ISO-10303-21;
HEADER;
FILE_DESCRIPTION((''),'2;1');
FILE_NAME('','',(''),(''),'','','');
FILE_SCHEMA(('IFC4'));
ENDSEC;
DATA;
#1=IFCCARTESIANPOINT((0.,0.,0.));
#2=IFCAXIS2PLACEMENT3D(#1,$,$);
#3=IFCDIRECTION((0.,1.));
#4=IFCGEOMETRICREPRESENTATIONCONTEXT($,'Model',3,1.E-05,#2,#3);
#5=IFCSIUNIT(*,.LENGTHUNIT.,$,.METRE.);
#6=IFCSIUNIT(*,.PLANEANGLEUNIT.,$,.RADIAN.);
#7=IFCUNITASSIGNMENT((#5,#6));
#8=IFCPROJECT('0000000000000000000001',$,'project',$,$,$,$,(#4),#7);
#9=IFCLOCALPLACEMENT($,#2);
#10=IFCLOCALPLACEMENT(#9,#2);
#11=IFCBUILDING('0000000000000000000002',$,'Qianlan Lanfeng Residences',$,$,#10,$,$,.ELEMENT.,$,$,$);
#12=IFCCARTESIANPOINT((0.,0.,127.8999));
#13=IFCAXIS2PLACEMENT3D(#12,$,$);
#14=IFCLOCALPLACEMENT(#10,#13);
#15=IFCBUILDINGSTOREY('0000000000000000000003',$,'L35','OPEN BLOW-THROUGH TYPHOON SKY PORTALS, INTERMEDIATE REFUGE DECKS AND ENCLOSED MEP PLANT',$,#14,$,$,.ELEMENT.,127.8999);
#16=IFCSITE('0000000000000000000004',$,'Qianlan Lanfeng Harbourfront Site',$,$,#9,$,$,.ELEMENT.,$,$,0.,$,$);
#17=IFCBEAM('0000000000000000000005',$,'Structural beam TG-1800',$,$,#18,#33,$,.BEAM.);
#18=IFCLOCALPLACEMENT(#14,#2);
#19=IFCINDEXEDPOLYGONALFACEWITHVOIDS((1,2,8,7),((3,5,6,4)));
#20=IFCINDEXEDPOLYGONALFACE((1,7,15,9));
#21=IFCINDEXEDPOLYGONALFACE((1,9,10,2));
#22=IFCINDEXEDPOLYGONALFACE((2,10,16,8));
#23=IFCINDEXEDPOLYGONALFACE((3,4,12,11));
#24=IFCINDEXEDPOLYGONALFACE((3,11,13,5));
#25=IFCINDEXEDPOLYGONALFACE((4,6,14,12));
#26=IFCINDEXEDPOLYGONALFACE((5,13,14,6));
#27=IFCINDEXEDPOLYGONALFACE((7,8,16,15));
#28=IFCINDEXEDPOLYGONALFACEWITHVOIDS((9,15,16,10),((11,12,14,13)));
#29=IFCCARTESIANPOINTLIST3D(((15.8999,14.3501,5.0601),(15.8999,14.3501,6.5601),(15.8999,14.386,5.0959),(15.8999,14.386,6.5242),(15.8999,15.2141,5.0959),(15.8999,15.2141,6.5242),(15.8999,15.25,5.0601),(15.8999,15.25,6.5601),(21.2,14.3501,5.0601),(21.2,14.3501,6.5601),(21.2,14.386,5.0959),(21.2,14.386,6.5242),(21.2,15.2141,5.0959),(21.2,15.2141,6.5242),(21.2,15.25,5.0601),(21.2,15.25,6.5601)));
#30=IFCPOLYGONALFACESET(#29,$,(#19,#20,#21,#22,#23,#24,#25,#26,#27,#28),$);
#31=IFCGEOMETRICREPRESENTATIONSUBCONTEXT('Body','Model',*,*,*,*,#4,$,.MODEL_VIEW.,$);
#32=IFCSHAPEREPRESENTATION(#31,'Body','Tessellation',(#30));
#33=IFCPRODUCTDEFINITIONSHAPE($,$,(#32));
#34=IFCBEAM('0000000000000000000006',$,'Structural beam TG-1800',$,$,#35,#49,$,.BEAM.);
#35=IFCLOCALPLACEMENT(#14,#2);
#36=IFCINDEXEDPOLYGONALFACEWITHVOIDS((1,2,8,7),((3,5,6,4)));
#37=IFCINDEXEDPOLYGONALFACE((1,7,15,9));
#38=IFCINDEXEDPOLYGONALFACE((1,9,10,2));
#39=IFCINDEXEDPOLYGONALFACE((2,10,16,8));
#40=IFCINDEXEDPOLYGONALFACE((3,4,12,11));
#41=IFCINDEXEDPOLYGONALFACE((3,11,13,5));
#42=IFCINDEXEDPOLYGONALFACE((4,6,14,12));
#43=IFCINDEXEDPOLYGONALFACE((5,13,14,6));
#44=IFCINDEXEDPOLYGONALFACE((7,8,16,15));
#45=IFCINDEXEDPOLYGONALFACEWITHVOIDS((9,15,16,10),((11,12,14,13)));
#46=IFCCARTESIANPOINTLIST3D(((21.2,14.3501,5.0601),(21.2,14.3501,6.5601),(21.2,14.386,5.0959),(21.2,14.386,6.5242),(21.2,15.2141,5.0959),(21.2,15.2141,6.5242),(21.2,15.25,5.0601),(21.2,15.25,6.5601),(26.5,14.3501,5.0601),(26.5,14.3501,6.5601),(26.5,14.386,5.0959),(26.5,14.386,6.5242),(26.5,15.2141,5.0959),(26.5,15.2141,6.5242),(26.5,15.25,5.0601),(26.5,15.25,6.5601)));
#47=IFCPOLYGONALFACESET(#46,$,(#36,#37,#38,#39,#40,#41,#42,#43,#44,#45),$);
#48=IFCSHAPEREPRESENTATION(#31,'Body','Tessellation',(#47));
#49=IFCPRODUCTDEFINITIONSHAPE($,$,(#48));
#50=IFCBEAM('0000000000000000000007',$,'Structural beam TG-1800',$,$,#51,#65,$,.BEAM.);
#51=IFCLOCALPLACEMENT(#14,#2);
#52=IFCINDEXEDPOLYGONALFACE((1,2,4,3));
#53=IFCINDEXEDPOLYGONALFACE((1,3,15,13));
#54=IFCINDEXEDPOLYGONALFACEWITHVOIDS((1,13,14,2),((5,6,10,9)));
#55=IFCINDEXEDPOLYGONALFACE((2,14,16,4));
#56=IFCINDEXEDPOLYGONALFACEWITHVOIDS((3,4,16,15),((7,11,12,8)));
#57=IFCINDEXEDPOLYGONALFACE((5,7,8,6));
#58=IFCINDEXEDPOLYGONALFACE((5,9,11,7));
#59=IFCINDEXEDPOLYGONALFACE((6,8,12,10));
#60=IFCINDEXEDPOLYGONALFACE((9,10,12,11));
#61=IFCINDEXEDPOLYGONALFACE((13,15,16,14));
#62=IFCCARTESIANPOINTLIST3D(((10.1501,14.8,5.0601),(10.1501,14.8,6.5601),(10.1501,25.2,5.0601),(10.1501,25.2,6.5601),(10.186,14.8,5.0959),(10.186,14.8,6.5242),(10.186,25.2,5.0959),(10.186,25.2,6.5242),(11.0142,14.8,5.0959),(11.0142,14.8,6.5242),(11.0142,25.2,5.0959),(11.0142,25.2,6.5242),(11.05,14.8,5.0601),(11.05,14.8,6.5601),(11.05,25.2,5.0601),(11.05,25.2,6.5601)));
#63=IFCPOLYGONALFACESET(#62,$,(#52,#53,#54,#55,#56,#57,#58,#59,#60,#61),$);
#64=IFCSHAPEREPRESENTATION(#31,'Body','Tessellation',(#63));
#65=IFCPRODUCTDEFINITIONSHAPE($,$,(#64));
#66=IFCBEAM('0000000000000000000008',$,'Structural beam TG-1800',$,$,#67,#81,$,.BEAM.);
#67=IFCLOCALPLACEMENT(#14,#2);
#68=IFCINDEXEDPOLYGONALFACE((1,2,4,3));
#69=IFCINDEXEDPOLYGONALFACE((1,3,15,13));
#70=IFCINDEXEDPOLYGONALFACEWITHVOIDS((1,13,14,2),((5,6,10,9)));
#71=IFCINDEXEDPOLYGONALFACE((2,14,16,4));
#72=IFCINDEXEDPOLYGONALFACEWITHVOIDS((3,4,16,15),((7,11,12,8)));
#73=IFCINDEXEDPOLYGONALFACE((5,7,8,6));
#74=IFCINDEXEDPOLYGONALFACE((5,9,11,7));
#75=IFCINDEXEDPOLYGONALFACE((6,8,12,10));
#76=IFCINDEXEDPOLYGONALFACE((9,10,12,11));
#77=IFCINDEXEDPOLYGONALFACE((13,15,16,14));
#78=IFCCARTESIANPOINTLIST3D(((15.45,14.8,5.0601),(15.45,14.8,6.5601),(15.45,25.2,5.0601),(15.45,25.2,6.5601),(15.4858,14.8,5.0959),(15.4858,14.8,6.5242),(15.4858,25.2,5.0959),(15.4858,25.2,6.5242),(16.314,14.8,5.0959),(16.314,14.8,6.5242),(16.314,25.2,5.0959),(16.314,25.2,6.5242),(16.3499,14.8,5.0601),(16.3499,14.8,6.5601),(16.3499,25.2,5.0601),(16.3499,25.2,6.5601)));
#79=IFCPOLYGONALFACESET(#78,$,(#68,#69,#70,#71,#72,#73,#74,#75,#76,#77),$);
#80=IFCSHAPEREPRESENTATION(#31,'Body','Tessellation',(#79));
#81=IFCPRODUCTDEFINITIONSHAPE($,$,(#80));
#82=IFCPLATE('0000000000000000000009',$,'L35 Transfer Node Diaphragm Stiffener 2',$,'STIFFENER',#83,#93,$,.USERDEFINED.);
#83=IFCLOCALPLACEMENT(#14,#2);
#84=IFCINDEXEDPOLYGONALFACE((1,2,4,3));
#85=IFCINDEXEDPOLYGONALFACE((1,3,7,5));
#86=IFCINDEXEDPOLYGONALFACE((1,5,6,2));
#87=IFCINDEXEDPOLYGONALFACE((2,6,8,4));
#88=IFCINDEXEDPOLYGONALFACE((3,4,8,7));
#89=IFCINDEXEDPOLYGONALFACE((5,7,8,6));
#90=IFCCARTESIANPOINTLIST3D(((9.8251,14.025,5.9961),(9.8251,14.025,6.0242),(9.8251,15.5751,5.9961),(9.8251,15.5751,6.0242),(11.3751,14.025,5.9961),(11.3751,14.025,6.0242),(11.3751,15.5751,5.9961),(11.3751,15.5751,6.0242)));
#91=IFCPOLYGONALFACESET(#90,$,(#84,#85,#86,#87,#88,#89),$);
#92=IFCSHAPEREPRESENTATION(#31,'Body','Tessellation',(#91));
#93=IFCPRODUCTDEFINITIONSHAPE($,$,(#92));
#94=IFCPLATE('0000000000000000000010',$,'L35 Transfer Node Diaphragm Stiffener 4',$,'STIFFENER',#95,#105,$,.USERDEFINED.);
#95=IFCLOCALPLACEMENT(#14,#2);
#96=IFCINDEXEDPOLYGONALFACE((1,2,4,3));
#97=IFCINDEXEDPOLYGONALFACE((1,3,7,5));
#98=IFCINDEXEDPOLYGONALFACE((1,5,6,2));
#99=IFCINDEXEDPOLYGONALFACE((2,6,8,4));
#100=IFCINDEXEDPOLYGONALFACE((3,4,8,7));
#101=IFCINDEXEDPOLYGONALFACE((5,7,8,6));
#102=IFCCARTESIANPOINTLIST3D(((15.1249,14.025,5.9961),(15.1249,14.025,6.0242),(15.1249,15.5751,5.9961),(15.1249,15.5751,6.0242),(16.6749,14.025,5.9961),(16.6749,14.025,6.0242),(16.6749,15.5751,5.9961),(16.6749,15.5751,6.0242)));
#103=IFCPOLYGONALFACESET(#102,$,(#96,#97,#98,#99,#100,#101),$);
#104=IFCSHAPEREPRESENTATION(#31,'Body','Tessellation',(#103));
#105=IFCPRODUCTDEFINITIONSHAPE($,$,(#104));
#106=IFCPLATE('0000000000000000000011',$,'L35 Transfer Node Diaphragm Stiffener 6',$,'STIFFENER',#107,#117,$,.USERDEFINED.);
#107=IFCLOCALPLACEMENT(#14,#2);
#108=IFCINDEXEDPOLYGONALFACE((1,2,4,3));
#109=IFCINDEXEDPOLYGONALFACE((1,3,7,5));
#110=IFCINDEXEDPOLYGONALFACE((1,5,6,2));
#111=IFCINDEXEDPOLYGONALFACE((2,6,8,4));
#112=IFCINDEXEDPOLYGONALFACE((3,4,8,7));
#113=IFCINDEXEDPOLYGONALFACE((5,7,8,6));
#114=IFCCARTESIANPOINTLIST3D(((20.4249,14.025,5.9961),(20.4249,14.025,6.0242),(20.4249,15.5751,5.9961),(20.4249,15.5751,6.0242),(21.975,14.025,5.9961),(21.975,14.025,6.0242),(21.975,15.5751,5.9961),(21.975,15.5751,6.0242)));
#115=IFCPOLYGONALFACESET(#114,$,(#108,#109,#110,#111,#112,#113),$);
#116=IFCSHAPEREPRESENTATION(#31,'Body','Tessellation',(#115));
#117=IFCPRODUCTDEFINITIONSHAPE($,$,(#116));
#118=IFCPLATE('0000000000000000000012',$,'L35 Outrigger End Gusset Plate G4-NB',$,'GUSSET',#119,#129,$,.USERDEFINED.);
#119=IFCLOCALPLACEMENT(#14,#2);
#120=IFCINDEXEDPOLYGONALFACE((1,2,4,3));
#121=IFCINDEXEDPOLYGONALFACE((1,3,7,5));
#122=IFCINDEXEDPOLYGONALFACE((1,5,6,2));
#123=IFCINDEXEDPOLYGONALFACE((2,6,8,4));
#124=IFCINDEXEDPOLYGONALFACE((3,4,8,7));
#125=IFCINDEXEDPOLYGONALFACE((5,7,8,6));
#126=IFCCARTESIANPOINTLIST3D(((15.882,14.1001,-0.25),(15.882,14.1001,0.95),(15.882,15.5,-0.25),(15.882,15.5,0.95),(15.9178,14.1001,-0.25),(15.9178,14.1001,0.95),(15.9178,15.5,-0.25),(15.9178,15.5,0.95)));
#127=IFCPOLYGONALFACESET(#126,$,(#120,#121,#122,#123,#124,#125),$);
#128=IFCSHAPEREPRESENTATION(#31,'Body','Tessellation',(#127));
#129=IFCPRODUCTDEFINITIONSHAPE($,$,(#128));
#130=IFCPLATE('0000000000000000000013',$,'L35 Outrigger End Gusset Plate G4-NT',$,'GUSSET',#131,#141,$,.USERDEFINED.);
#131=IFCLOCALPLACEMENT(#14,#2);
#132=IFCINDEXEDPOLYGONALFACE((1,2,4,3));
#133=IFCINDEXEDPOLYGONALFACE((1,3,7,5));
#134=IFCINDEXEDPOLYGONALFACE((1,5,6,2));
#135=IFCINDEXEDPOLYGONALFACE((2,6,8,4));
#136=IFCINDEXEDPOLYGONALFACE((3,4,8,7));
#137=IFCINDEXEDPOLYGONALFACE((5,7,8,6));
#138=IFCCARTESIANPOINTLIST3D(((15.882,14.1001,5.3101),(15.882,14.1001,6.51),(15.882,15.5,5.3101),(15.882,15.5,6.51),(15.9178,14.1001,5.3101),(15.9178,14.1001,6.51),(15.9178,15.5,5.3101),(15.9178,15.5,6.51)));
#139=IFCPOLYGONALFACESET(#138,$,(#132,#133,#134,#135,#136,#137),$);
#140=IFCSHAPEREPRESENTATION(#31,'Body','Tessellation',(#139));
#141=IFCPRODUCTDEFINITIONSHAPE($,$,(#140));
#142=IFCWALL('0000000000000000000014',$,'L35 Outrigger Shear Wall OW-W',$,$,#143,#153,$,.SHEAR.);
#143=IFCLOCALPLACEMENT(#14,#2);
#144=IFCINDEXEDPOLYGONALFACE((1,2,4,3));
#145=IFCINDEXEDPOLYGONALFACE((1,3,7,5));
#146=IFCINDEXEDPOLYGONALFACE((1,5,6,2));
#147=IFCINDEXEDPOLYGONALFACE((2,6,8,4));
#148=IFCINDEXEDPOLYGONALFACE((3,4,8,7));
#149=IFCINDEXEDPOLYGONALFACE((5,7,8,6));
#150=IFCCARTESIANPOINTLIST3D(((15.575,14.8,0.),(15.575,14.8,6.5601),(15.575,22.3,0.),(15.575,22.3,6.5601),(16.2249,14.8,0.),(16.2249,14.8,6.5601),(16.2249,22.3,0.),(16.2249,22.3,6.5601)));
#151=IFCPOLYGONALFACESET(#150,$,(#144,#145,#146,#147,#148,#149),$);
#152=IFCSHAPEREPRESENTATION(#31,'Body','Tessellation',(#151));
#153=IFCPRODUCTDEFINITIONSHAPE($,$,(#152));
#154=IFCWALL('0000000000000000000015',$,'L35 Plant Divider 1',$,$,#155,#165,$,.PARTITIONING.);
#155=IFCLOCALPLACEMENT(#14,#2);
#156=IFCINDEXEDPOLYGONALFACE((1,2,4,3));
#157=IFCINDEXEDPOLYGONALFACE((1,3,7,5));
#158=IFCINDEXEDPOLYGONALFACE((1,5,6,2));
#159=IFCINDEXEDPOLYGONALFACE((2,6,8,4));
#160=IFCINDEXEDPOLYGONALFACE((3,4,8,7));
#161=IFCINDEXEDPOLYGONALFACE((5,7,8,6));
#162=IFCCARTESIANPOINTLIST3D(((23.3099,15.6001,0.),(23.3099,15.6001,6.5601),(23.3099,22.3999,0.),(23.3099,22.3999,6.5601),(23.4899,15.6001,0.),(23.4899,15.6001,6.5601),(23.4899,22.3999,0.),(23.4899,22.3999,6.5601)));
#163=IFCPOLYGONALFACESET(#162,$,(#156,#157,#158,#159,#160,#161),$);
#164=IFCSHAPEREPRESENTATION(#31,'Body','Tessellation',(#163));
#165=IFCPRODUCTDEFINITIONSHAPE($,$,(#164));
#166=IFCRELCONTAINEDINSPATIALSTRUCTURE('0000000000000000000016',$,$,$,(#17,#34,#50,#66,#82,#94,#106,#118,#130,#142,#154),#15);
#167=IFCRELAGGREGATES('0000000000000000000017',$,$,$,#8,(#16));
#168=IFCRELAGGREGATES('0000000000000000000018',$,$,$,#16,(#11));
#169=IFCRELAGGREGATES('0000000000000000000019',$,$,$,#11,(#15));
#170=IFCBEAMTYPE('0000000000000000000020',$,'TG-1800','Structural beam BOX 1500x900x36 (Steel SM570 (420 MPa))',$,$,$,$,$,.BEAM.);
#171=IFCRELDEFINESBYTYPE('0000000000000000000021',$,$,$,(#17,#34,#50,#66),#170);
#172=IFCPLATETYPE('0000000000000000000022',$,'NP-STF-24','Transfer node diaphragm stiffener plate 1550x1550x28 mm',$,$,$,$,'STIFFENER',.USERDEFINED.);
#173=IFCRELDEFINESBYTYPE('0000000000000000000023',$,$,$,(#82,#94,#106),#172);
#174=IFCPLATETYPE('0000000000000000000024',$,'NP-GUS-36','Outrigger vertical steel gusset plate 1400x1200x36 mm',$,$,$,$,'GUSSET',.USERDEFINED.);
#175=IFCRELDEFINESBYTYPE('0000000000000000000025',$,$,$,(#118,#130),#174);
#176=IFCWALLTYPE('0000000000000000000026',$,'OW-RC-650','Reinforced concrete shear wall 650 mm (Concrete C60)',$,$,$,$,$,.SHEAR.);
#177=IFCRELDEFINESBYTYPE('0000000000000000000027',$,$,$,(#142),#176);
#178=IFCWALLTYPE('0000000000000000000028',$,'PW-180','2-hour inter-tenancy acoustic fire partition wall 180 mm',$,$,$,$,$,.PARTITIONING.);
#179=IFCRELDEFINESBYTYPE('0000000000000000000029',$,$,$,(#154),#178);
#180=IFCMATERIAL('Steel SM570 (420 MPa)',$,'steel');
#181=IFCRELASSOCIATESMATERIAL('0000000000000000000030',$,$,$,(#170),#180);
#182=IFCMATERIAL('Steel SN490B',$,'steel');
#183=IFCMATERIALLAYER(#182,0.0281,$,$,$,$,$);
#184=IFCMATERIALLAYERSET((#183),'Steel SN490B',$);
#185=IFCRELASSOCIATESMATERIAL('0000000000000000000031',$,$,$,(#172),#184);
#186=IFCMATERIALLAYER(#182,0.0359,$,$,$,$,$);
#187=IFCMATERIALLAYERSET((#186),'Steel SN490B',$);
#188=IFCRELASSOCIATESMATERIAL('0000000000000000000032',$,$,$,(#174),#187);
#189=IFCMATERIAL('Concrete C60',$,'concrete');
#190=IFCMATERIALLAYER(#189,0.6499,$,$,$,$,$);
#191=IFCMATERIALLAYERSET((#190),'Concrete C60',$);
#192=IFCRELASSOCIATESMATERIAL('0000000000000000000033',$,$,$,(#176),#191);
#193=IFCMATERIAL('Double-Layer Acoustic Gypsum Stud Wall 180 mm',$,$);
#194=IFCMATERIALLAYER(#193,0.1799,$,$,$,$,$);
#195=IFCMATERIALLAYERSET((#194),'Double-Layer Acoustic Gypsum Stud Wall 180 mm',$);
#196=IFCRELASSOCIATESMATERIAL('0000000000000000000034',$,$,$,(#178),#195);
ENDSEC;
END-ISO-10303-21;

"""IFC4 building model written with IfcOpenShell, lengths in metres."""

from ifc_helpers import new_model, si_unit, direction, frame, frame_2d, origin, origin_2d, place, context, subcontext, project, spatial, rectangle, hollow_rectangle, extrude, source, transform, mapped, material, layer, layer_set, material_profile, profile_set, type_object, element, save


model = new_model("IFC4")

# Units and contexts
model_context = context("Model", 3, precision=1e-05, world=origin(), true_north=direction((0.0, 1.0)))
body_context = subcontext(model_context, "Body", "Model", "MODEL_VIEW")
ifc_project = project(units=[si_unit("LENGTHUNIT", "METRE"), si_unit("PLANEANGLEUNIT", "RADIAN")], contexts=[model_context])

# Site, building, storey
site_placement = place(None, origin())
site = spatial("IfcSite", under=ifc_project, at=site_placement, Name="Qianlan Lanfeng Harbourfront Site", CompositionType="ELEMENT", RefElevation=0.0)
building_placement = place(site_placement, origin())
building = spatial("IfcBuilding", under=site, at=building_placement, Name="Qianlan Lanfeng Residences", CompositionType="ELEMENT")
storey_placement = place(building_placement, frame((0.0, 0.0, 127.8999)))
storey = spatial("IfcBuildingStorey", under=building, at=storey_placement, Name="L35", Description="OPEN BLOW-THROUGH TYPHOON SKY PORTALS, INTERMEDIATE REFUGE DECKS AND ENCLOSED MEP PLANT", CompositionType="ELEMENT", Elevation=127.8999)

# Shared definitions
ifc_material_1 = material(Name="Steel SN490B", Category="steel")

# Beams
ifc_material_2 = material(Name="Steel SM570 (420 MPa)", Category="steel")
ifc_material_profile_1 = material_profile(ifc_material_2, hollow_rectangle(XDim=0.8999, YDim=1.5, WallThickness=0.0359, at=origin_2d()), Name="BOX 1500x900x36")
ifc_profile_set_1 = profile_set([ifc_material_profile_1], Name="Steel SM570 (420 MPa)")
beam_type_1 = type_object("IfcBeamType", Name="TG-1800", Description="Structural beam BOX 1500x900x36 (Steel SM570 (420 MPa))", PredefinedType="BEAM", material=ifc_profile_set_1)
for number, where, z_axis, x_axis, name in (
    (1, (15.8999, 14.8, 5.8101), (1.0, 0.0, 0.0), (0.0, 1.0, 0.0), "Structural beam TG-1800"),
    (2, (21.2, 14.8, 5.8101), (1.0, 0.0, 0.0), (0.0, 1.0, 0.0), "Structural beam TG-1800"),
):
    element("IfcBeam", number, at=place(storey_placement, frame(where, z_axis=z_axis, x_axis=x_axis)), inside=storey, type_object=beam_type_1, Name=name, PredefinedType="BEAM", context=body_context, shape_type="SweptSolid", body=[
        extrude(hollow_rectangle(XDim=0.8999, YDim=1.5, WallThickness=0.0359, at=origin_2d()), origin(), (0.0, 0.0, 1.0), 5.3),
    ])
for number, where, z_axis, x_axis, name in (
    (3, (10.6001, 14.8, 5.8101), (0.0, 1.0, 0.0), (-1.0, 0.0, 0.0), "Structural beam TG-1800"),
    (4, (15.8999, 14.8, 5.8101), (0.0, 1.0, 0.0), (-1.0, 0.0, 0.0), "Structural beam TG-1800"),
):
    element("IfcBeam", number, at=place(storey_placement, frame(where, z_axis=z_axis, x_axis=x_axis)), inside=storey, type_object=beam_type_1, Name=name, PredefinedType="BEAM", context=body_context, shape_type="SweptSolid", body=[
        extrude(hollow_rectangle(XDim=0.8999, YDim=1.5, WallThickness=0.0359, at=origin_2d()), origin(), (0.0, 0.0, 1.0), 10.3999),
    ])

# Plates
ifc_layer_1 = layer(ifc_material_1, 0.0281)
ifc_layer_set_1 = layer_set([ifc_layer_1], Name="Steel SN490B")
plate_type_1 = type_object("IfcPlateType", Name="NP-STF-24", Description="Transfer node diaphragm stiffener plate 1550x1550x28 mm", ElementType="STIFFENER", PredefinedType="USERDEFINED", material=ifc_layer_set_1)
shared_shape_1 = source(origin(), body_context, "Body", "SweptSolid", [
    extrude(rectangle(XDim=1.55, YDim=1.55, at=origin_2d()), origin(), (0.0, 0.0, 1.0), 0.0281),
])
for number, where, z_axis, x_axis, name in (
    (5, (10.6001, 14.8, 5.9961), (0.0, 0.0, 1.0), (1.0, 0.0, 0.0), "L35 Transfer Node Diaphragm Stiffener 2"),
    (6, (15.8999, 14.8, 5.9961), (0.0, 0.0, 1.0), (1.0, 0.0, 0.0), "L35 Transfer Node Diaphragm Stiffener 4"),
    (7, (21.2, 14.8, 5.9961), (0.0, 0.0, 1.0), (1.0, 0.0, 0.0), "L35 Transfer Node Diaphragm Stiffener 6"),
):
    element("IfcPlate", number, at=place(storey_placement, frame(where, z_axis=z_axis, x_axis=x_axis)), inside=storey, type_object=plate_type_1, Name=name, ObjectType="STIFFENER", PredefinedType="USERDEFINED", context=body_context, shape_type="MappedRepresentation", body=[
        mapped(shared_shape_1, transform((0.0, 0.0, 0.0), scale=1.0)),
    ])
ifc_layer_2 = layer(ifc_material_1, 0.0359)
ifc_layer_set_2 = layer_set([ifc_layer_2], Name="Steel SN490B")
plate_type_2 = type_object("IfcPlateType", Name="NP-GUS-36", Description="Outrigger vertical steel gusset plate 1400x1200x36 mm", ElementType="GUSSET", PredefinedType="USERDEFINED", material=ifc_layer_set_2)
shared_shape_2 = source(origin(), body_context, "Body", "SweptSolid", [
    extrude(rectangle(XDim=0.0359, YDim=1.3999, at=origin_2d()), origin(), (0.0, 0.0, 1.0), 1.2),
])
for number, where, z_axis, x_axis, name in (
    (8, (15.8999, 14.8, -0.25), (0.0, 0.0, 1.0), (1.0, 0.0, 0.0), "L35 Outrigger End Gusset Plate G4-NB"),
    (9, (15.8999, 14.8, 5.3101), (0.0, 0.0, 1.0), (1.0, 0.0, 0.0), "L35 Outrigger End Gusset Plate G4-NT"),
):
    element("IfcPlate", number, at=place(storey_placement, frame(where, z_axis=z_axis, x_axis=x_axis)), inside=storey, type_object=plate_type_2, Name=name, ObjectType="GUSSET", PredefinedType="USERDEFINED", context=body_context, shape_type="MappedRepresentation", body=[
        mapped(shared_shape_2, transform((0.0, 0.0, 0.0), scale=1.0)),
    ])

# Walls
ifc_material_3 = material(Name="Concrete C60", Category="concrete")
ifc_layer_3 = layer(ifc_material_3, 0.6499)
ifc_layer_set_3 = layer_set([ifc_layer_3], Name="Concrete C60")
wall_type_1 = type_object("IfcWallType", Name="OW-RC-650", Description="Reinforced concrete shear wall 650 mm (Concrete C60)", PredefinedType="SHEAR", material=ifc_layer_set_3)
wall_1_placement = place(storey_placement, frame((15.8999, 14.8, 0.0), z_axis=(0.0, 0.0, 1.0), x_axis=(0.0, 1.0, 0.0)))
element("IfcWall", 10, at=wall_1_placement, inside=storey, type_object=wall_type_1, Name="L35 Outrigger Shear Wall OW-W", PredefinedType="SHEAR", context=body_context, shape_type="SweptSolid", body=[
    extrude(rectangle(XDim=7.5, YDim=0.6499, at=frame_2d((3.75, 0.0))), origin(), (0.0, 0.0, 1.0), 6.5601),
])
ifc_material_4 = material(Name="Double-Layer Acoustic Gypsum Stud Wall 180 mm")
ifc_layer_4 = layer(ifc_material_4, 0.1799)
ifc_layer_set_4 = layer_set([ifc_layer_4], Name="Double-Layer Acoustic Gypsum Stud Wall 180 mm")
wall_type_2 = type_object("IfcWallType", Name="PW-180", Description="2-hour inter-tenancy acoustic fire partition wall 180 mm", PredefinedType="PARTITIONING", material=ifc_layer_set_4)
wall_2_placement = place(storey_placement, frame((23.3999, 15.6001, 0.0), z_axis=(0.0, 0.0, 1.0), x_axis=(0.0, 1.0, 0.0)))
element("IfcWall", 11, at=wall_2_placement, inside=storey, type_object=wall_type_2, Name="L35 Plant Divider 1", PredefinedType="PARTITIONING", context=body_context, shape_type="SweptSolid", body=[
    extrude(rectangle(XDim=6.7998, YDim=0.1799, at=frame_2d((3.3999, 0.0))), origin(), (0.0, 0.0, 1.0), 6.5601),
])

save(model, "model.ifc")
